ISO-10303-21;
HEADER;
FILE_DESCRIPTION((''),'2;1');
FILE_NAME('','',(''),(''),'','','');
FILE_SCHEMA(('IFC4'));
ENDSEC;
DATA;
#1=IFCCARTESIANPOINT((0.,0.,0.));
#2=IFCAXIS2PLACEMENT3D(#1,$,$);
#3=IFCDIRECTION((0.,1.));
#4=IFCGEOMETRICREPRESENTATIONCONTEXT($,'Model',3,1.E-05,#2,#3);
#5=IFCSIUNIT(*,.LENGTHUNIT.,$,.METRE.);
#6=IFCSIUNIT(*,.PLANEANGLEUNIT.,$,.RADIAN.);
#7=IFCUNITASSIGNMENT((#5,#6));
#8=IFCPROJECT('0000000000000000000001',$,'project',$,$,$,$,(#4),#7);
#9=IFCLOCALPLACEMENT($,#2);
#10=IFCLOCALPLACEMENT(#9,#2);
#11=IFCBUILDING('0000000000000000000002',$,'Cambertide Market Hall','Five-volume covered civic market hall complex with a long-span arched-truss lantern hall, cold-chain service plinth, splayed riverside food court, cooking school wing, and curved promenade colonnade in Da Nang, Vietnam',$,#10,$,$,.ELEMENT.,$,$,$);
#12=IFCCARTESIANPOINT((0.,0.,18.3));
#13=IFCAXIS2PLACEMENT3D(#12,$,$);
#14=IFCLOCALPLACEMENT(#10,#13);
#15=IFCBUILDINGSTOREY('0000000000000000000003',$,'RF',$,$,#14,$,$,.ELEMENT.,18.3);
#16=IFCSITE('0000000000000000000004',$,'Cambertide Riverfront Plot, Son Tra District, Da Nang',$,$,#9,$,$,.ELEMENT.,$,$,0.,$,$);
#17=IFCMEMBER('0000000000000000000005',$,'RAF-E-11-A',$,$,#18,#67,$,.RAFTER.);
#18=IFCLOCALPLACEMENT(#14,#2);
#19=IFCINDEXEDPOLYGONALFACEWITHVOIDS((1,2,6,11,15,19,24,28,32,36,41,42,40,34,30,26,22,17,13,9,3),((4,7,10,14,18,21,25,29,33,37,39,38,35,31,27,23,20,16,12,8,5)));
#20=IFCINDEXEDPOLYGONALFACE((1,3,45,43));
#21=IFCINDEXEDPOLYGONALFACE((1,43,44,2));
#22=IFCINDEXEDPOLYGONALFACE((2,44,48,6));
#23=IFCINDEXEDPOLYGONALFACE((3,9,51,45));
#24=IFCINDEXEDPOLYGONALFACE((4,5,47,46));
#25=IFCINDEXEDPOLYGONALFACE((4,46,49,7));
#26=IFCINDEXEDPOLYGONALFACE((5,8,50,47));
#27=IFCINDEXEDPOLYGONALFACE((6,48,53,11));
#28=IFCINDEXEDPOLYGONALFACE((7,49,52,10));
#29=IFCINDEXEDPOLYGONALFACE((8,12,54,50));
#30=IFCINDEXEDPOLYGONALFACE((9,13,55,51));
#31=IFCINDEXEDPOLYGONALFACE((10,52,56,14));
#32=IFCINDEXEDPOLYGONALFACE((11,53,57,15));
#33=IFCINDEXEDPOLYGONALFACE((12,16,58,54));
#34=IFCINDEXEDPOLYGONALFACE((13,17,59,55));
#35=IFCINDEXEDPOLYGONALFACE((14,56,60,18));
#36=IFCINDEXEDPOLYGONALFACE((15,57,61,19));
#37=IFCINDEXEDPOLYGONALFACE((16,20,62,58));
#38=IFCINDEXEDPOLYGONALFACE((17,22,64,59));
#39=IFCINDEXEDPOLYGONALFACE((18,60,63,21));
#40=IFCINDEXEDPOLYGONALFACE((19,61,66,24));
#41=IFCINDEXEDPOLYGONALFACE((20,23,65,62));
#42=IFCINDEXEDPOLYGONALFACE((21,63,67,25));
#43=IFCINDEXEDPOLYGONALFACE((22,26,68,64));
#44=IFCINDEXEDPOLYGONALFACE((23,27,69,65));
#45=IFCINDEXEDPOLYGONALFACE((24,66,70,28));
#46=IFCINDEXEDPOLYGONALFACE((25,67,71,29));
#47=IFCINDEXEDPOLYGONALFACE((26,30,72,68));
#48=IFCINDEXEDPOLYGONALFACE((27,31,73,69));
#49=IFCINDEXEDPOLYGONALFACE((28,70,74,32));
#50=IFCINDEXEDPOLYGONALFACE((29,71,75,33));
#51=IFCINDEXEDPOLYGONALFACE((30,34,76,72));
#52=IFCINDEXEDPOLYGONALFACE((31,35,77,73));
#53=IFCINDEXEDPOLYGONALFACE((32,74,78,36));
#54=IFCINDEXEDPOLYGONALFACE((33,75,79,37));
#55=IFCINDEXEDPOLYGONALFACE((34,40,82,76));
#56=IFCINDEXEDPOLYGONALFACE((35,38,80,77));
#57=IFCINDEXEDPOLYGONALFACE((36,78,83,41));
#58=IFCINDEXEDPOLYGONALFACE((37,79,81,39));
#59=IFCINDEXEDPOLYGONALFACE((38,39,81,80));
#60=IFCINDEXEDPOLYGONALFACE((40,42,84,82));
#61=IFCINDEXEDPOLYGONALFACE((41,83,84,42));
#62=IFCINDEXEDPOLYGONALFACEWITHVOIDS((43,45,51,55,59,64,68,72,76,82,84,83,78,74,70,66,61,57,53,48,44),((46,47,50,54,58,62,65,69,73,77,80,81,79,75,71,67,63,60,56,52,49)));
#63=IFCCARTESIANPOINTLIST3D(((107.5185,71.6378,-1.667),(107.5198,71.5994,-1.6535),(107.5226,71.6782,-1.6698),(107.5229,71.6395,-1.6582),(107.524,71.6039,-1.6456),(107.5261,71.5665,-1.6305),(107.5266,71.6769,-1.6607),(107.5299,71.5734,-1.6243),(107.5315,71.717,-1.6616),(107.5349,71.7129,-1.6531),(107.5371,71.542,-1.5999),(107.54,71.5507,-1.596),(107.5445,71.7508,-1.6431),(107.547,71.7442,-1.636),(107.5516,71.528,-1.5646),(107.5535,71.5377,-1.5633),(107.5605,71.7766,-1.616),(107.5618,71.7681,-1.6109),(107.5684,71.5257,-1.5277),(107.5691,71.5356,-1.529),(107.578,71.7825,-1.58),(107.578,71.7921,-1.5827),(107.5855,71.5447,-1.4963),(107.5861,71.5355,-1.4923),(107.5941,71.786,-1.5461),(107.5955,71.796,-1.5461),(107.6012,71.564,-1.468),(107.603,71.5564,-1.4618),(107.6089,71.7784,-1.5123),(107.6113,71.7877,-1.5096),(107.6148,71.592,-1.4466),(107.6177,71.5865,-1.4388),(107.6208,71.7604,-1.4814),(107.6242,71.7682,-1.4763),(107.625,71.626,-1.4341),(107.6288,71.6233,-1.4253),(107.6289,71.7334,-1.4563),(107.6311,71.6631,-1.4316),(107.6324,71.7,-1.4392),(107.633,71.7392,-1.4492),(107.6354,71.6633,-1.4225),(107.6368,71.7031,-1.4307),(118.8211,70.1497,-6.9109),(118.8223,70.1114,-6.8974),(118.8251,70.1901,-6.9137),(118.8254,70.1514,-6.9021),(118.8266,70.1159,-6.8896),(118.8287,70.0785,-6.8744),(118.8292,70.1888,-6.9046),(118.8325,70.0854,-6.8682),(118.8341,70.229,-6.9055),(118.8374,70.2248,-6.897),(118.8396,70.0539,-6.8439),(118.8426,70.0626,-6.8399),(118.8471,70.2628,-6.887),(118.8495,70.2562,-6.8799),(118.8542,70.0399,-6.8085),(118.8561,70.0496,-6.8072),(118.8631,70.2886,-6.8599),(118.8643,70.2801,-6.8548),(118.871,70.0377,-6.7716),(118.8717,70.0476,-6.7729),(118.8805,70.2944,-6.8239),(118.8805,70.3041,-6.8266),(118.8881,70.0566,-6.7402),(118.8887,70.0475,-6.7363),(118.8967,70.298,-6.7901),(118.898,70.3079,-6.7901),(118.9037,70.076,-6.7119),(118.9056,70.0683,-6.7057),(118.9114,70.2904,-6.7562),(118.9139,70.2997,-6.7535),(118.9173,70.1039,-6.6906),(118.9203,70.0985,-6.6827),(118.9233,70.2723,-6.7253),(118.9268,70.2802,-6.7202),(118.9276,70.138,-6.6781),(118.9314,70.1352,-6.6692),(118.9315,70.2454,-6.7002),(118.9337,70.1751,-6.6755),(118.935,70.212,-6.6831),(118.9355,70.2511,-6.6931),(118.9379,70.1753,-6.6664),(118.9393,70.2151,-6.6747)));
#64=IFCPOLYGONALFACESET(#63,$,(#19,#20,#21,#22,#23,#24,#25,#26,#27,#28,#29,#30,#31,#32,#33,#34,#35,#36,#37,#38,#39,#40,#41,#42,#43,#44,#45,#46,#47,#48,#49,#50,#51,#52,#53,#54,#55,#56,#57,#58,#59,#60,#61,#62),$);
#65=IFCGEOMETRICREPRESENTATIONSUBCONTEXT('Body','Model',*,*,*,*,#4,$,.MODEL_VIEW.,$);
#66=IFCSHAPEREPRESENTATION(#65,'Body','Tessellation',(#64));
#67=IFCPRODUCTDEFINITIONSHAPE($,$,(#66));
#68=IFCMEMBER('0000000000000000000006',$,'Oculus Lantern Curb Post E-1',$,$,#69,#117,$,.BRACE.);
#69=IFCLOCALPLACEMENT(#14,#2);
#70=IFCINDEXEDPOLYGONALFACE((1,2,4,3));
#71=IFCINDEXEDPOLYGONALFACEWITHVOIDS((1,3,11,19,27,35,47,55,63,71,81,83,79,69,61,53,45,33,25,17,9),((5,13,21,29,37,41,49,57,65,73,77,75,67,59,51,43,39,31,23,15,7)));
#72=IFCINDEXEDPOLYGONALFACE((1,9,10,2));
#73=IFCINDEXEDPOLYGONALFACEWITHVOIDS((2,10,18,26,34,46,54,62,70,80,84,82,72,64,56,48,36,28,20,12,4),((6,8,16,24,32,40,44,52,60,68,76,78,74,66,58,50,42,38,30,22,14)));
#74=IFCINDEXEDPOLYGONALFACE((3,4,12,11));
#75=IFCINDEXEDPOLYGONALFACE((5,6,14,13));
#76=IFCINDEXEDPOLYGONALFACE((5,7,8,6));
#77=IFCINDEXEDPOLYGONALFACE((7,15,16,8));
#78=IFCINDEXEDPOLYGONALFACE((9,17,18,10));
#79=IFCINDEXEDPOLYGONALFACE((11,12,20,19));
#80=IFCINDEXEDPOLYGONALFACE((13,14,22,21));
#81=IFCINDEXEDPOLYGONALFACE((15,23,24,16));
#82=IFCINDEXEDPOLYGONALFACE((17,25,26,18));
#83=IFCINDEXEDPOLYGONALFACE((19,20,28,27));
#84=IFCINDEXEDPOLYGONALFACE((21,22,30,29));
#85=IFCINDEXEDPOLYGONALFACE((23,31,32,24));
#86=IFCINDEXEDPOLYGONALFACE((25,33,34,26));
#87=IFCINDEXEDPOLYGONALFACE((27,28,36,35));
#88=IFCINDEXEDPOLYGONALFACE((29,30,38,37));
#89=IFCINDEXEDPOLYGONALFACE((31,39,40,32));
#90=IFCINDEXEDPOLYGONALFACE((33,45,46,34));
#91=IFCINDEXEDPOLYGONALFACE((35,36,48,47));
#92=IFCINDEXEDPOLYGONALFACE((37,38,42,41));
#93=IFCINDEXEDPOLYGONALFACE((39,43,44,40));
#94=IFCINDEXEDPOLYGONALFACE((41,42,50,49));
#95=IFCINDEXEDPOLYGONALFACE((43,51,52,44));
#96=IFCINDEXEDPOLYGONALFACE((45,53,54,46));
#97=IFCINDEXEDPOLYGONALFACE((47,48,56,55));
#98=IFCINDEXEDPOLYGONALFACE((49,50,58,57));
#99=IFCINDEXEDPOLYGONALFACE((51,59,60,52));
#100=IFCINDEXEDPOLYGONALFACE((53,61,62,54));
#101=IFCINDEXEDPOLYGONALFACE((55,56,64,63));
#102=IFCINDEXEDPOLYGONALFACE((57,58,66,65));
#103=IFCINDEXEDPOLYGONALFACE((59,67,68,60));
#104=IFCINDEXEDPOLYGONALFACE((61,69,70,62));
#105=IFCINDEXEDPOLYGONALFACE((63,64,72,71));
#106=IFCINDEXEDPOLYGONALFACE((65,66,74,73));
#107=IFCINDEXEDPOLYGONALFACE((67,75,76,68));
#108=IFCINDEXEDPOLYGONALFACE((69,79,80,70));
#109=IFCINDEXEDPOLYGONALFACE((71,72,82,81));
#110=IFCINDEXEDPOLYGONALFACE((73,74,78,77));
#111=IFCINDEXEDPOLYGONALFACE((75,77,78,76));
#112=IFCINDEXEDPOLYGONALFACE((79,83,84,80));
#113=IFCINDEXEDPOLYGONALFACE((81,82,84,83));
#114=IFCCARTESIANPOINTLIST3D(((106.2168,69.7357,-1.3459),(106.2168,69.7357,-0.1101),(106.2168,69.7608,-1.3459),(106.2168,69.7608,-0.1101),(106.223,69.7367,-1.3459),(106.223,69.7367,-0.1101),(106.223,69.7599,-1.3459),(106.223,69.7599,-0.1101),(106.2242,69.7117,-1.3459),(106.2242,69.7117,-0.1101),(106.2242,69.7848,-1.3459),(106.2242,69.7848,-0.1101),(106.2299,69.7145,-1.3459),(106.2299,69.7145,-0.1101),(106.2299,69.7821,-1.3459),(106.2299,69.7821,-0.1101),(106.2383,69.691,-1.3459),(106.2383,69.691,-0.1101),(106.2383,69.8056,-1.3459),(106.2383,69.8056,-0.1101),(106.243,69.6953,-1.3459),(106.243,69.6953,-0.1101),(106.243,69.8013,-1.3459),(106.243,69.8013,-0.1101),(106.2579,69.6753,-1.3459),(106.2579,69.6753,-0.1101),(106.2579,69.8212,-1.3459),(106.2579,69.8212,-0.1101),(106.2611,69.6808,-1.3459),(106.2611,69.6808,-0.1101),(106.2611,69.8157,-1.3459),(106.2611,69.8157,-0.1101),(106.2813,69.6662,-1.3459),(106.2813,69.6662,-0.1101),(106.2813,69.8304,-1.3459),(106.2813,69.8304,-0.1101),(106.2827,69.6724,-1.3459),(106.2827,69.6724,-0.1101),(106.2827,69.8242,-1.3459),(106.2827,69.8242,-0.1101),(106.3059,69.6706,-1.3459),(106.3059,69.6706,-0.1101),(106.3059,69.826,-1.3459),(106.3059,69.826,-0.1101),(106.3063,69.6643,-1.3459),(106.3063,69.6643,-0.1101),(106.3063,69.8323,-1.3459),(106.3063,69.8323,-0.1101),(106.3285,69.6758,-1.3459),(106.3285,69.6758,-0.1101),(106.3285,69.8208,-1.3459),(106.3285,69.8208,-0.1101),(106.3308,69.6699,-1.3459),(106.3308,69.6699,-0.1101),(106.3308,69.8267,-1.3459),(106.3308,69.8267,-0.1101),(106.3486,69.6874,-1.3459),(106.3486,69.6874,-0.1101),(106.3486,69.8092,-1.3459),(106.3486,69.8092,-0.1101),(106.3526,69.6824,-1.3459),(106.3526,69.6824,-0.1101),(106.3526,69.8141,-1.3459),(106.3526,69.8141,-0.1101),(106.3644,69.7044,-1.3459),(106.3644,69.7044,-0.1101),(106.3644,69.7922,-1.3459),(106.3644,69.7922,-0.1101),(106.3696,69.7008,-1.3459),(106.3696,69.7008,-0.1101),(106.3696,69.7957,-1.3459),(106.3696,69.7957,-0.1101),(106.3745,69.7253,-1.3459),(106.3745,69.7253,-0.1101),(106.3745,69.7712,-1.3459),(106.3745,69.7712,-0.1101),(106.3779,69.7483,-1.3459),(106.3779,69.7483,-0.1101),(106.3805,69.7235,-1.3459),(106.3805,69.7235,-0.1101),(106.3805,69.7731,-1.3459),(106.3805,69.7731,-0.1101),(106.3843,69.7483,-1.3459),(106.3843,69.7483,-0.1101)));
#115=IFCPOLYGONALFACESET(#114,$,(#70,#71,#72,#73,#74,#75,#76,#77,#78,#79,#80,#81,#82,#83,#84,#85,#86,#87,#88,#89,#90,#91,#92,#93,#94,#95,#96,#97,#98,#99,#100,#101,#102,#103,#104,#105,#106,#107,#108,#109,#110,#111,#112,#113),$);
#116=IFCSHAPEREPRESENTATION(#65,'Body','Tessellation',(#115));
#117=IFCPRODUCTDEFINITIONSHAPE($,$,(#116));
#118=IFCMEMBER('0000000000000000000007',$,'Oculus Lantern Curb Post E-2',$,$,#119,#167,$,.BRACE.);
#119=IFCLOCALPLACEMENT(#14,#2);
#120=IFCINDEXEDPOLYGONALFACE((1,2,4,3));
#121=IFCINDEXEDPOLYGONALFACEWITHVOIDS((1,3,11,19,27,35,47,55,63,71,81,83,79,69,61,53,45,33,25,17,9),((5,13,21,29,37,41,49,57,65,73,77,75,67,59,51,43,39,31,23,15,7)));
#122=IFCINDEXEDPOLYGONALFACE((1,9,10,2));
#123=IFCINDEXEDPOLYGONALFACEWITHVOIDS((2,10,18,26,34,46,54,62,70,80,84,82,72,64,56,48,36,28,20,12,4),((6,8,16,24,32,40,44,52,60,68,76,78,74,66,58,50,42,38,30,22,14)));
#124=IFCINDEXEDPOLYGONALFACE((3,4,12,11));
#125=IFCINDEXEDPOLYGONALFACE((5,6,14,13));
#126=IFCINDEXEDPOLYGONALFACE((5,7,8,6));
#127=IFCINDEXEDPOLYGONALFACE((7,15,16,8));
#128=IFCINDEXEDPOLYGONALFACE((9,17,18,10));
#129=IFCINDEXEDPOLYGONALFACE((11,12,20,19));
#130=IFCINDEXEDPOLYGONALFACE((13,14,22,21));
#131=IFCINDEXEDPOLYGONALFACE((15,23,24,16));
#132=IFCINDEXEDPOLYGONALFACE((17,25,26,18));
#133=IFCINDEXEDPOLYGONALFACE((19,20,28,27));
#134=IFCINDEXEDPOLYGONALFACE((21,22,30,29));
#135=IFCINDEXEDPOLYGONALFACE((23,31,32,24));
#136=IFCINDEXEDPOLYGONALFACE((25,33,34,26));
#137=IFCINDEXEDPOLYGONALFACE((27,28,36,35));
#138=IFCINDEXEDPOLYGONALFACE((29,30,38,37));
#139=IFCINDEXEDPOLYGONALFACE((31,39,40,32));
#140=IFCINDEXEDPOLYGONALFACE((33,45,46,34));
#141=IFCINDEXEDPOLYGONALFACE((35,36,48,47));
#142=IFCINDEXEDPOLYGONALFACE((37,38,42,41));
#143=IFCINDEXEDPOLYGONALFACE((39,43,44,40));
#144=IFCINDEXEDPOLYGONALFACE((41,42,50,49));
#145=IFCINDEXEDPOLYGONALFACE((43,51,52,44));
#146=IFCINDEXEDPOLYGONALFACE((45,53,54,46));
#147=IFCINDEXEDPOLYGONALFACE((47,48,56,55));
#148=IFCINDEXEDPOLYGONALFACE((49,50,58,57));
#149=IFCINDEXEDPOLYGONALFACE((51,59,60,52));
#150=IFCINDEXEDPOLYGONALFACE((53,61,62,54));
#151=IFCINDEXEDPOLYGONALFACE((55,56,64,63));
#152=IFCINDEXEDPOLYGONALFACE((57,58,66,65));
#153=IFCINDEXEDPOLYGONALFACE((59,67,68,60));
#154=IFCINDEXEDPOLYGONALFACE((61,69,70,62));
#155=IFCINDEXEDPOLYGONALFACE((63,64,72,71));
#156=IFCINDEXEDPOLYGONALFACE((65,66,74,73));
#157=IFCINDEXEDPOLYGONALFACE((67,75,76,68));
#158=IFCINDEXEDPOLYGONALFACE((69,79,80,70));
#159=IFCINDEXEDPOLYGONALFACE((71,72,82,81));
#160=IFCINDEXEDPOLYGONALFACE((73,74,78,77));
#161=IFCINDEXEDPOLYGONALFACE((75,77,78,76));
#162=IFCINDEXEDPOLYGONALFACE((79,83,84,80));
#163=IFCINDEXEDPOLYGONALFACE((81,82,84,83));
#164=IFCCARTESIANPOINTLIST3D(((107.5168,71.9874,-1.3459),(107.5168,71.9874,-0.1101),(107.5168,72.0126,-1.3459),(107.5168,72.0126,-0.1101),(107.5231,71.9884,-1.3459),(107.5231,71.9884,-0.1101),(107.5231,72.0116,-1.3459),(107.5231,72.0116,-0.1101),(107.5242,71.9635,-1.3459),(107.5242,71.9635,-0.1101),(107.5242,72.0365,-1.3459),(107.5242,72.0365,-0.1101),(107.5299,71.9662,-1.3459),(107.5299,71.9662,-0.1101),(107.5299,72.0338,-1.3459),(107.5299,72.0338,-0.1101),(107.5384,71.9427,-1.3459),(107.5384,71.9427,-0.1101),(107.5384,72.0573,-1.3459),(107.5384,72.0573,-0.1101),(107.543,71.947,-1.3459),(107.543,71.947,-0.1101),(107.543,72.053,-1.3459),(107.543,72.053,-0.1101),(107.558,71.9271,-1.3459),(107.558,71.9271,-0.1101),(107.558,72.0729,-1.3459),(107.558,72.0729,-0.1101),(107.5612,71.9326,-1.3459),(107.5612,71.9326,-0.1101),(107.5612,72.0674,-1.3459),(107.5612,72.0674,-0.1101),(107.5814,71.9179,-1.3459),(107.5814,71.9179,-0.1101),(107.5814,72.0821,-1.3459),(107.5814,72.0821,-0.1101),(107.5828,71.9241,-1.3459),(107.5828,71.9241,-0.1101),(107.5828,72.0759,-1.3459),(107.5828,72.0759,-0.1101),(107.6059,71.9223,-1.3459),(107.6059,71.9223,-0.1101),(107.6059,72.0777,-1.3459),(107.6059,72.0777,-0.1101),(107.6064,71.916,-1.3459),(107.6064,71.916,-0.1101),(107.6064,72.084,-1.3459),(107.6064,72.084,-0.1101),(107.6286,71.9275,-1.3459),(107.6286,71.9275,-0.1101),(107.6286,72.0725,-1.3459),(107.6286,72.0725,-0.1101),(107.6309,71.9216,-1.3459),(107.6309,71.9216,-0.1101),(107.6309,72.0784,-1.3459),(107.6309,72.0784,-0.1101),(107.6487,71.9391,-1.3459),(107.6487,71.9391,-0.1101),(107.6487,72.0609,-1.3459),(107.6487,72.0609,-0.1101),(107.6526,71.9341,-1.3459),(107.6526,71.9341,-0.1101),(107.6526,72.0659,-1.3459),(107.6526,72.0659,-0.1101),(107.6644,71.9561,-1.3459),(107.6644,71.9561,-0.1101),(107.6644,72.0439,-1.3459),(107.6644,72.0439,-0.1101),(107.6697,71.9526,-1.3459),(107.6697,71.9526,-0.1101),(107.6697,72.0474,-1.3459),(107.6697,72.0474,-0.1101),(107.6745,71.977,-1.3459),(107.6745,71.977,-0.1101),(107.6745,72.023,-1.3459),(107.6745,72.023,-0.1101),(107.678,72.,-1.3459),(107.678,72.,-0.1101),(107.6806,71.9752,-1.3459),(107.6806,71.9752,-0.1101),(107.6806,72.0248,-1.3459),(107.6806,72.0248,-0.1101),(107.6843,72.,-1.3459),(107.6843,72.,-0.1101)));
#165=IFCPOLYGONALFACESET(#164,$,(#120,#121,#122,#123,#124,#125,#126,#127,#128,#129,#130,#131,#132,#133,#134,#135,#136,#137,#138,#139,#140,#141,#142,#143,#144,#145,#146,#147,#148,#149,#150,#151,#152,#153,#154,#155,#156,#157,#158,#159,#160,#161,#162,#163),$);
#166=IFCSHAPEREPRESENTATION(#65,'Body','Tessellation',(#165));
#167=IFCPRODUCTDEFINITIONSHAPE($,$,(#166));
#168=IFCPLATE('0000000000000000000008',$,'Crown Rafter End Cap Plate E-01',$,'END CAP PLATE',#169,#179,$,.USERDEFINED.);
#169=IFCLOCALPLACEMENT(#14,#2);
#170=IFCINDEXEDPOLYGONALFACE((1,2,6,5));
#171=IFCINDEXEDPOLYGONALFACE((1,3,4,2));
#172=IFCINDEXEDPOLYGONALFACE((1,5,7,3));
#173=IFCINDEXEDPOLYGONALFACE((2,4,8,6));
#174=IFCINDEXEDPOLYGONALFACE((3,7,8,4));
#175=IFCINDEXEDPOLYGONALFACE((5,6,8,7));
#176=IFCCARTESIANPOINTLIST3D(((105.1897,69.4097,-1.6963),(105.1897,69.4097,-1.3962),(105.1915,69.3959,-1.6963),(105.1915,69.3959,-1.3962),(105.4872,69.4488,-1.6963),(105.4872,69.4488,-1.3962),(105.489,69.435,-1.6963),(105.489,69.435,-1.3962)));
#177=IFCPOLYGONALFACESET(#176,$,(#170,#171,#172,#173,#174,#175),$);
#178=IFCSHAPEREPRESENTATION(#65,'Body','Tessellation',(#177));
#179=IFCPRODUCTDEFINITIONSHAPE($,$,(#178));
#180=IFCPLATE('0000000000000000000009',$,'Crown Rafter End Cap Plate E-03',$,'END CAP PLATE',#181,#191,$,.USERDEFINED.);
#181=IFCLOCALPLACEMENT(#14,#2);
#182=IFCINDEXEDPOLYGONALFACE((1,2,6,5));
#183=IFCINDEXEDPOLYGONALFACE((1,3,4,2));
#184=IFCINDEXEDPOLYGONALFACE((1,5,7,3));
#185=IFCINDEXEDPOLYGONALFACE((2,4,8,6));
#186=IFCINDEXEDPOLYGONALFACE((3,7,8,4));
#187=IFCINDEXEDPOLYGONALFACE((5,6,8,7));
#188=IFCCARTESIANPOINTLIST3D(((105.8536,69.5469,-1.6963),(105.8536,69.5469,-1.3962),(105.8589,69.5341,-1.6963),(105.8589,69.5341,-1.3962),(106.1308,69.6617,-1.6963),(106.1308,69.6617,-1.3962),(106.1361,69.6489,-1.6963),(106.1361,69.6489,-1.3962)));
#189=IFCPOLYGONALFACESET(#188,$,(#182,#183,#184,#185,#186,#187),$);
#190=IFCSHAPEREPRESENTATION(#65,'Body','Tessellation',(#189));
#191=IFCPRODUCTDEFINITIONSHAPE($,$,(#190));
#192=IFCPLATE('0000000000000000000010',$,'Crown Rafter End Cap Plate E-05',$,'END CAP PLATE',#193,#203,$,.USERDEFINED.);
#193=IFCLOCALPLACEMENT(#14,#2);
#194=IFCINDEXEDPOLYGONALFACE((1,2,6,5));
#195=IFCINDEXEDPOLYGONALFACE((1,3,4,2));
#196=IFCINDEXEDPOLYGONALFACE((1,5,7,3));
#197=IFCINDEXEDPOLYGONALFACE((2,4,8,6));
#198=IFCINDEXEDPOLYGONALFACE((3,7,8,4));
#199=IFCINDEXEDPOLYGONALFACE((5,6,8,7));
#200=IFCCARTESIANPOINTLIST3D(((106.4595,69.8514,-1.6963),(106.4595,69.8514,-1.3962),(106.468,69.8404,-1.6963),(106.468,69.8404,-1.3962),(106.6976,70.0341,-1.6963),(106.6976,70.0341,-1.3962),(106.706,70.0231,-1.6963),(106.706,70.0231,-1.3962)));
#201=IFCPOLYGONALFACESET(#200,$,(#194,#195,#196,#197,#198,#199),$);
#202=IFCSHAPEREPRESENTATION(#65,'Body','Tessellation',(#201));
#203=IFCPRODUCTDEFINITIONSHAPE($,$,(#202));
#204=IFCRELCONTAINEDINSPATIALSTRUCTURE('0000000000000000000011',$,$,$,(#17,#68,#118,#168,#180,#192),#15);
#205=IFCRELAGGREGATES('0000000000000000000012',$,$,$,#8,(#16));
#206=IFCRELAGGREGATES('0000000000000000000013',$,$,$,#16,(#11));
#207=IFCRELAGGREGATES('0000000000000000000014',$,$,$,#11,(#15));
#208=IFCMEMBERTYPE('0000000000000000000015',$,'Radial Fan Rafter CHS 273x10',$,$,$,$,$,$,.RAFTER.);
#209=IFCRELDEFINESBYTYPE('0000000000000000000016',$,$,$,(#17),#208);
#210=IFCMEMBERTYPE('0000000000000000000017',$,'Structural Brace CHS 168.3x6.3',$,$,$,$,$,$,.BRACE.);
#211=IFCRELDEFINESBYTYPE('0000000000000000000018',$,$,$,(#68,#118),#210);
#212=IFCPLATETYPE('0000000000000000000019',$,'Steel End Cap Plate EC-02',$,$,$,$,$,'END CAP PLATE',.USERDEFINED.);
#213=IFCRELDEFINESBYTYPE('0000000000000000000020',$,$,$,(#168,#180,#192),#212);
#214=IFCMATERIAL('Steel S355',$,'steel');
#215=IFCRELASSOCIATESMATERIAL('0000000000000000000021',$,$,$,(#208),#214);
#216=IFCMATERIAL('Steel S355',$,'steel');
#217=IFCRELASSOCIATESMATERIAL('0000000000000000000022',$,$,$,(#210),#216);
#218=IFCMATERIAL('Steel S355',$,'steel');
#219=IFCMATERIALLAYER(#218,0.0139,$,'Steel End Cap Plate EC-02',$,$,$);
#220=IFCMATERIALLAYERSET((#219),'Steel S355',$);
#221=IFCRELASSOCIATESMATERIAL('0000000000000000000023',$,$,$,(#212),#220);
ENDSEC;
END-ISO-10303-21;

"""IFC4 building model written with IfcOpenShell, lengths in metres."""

from ifc_helpers import new_model, si_unit, direction, frame, origin, origin_2d, place, context, subcontext, project, spatial, rectangle, hollow_circle, extrude, material, layer, layer_set, material_profile, profile_set, type_object, element, save


model = new_model("IFC4")

# Units and contexts
model_context = context("Model", 3, precision=1e-05, world=origin(), true_north=direction((0.0, 1.0)))
body_context = subcontext(model_context, "Body", "Model", "MODEL_VIEW")
ifc_project = project(units=[si_unit("LENGTHUNIT", "METRE"), si_unit("PLANEANGLEUNIT", "RADIAN")], contexts=[model_context])

# Site, building, storey
site_placement = place(None, origin())
site = spatial("IfcSite", under=ifc_project, at=site_placement, Name="Cambertide Riverfront Plot, Son Tra District, Da Nang", CompositionType="ELEMENT", RefElevation=0.0)
building_placement = place(site_placement, origin())
building = spatial("IfcBuilding", under=site, at=building_placement, Name="Cambertide Market Hall", Description="Five-volume covered civic market hall complex with a long-span arched-truss lantern hall, cold-chain service plinth, splayed riverside food court, cooking school wing, and curved promenade colonnade in Da Nang, Vietnam", CompositionType="ELEMENT")
storey_placement = place(building_placement, frame((0.0, 0.0, 18.3)))
storey = spatial("IfcBuildingStorey", under=building, at=storey_placement, Name="RF", CompositionType="ELEMENT", Elevation=18.3)

# Members
ifc_material_1 = material(Name="Steel S355", Category="steel")
ifc_material_profile_1 = material_profile(ifc_material_1, hollow_circle(Radius=0.1365, WallThickness=0.01, at=origin_2d()), Name="CHS 273x10")
ifc_profile_set_1 = profile_set([ifc_material_profile_1], Name="Steel S355")
member_type_1 = type_object("IfcMemberType", Name="Radial Fan Rafter CHS 273x10", PredefinedType="RAFTER", material=ifc_profile_set_1)
for number, where, z_axis, x_axis, name in (
    (1, (107.5776, 71.6606, -1.5461), (0.900721, -0.118585, -0.417898), (0.130529, 0.991444, 0.0), "RAF-E-11-A"),
):
    element("IfcMember", number, at=place(storey_placement, frame(where, z_axis=z_axis, x_axis=x_axis)), inside=storey, type_object=member_type_1, Name=name, PredefinedType="RAFTER", context=body_context, shape_type="SweptSolid", body=[
        extrude(hollow_circle(Radius=0.1365, WallThickness=0.01, at=origin_2d()), origin(), (0.0, 0.0, 1.0), 12.5483),
    ])
ifc_material_2 = material(Name="Steel S355", Category="steel")
ifc_material_profile_2 = material_profile(ifc_material_2, hollow_circle(Radius=0.0842, WallThickness=0.0063, at=origin_2d()), Name="CHS 168.3x6.3")
ifc_profile_set_2 = profile_set([ifc_material_profile_2], Name="Steel S355")
member_type_2 = type_object("IfcMemberType", Name="Structural Brace CHS 168.3x6.3", PredefinedType="BRACE", material=ifc_profile_set_2)
for number, where, z_axis, x_axis, name in (
    (2, (106.3, 69.7483, -1.3459), (0.0, 0.0, 1.0), (1.0, 0.0, 0.0), "Oculus Lantern Curb Post E-1"),
    (3, (107.6001, 72.0, -1.3459), (0.0, 0.0, 1.0), (1.0, 0.0, 0.0), "Oculus Lantern Curb Post E-2"),
):
    element("IfcMember", number, at=place(storey_placement, frame(where, z_axis=z_axis, x_axis=x_axis)), inside=storey, type_object=member_type_2, Name=name, PredefinedType="BRACE", context=body_context, shape_type="SweptSolid", body=[
        extrude(hollow_circle(Radius=0.0842, WallThickness=0.0063, at=origin_2d()), origin(), (0.0, 0.0, 1.0), 1.2358),
    ])

# Plates
ifc_material_3 = material(Name="Steel S355", Category="steel")
ifc_layer_1 = layer(ifc_material_3, 0.0139, Name="Steel End Cap Plate EC-02")
ifc_layer_set_1 = layer_set([ifc_layer_1], Name="Steel S355")
plate_type_1 = type_object("IfcPlateType", Name="Steel End Cap Plate EC-02", ElementType="END CAP PLATE", PredefinedType="USERDEFINED", material=ifc_layer_set_1)
for number, where, z_axis, x_axis, name in (
    (4, (105.3394, 69.4224, -1.6963), (0.0, 0.0, 1.0), (0.130526, -0.991445, 0.0), "Crown Rafter End Cap Plate E-01"),
    (5, (105.9949, 69.5979, -1.6963), (0.0, 0.0, 1.0), (0.382683, -0.92388, 0.0), "Crown Rafter End Cap Plate E-03"),
    (6, (106.5828, 69.9373, -1.6963), (0.0, 0.0, 1.0), (0.608761, -0.793353, 0.0), "Crown Rafter End Cap Plate E-05"),
):
    element("IfcPlate", number, at=place(storey_placement, frame(where, z_axis=z_axis, x_axis=x_axis)), inside=storey, type_object=plate_type_1, Name=name, ObjectType="END CAP PLATE", PredefinedType="USERDEFINED", context=body_context, shape_type="SweptSolid", body=[
        extrude(rectangle(XDim=0.0139, YDim=0.3, at=origin_2d()), origin(), (0.0, 0.0, 1.0), 0.3),
    ])

save(model, "model.ifc")
